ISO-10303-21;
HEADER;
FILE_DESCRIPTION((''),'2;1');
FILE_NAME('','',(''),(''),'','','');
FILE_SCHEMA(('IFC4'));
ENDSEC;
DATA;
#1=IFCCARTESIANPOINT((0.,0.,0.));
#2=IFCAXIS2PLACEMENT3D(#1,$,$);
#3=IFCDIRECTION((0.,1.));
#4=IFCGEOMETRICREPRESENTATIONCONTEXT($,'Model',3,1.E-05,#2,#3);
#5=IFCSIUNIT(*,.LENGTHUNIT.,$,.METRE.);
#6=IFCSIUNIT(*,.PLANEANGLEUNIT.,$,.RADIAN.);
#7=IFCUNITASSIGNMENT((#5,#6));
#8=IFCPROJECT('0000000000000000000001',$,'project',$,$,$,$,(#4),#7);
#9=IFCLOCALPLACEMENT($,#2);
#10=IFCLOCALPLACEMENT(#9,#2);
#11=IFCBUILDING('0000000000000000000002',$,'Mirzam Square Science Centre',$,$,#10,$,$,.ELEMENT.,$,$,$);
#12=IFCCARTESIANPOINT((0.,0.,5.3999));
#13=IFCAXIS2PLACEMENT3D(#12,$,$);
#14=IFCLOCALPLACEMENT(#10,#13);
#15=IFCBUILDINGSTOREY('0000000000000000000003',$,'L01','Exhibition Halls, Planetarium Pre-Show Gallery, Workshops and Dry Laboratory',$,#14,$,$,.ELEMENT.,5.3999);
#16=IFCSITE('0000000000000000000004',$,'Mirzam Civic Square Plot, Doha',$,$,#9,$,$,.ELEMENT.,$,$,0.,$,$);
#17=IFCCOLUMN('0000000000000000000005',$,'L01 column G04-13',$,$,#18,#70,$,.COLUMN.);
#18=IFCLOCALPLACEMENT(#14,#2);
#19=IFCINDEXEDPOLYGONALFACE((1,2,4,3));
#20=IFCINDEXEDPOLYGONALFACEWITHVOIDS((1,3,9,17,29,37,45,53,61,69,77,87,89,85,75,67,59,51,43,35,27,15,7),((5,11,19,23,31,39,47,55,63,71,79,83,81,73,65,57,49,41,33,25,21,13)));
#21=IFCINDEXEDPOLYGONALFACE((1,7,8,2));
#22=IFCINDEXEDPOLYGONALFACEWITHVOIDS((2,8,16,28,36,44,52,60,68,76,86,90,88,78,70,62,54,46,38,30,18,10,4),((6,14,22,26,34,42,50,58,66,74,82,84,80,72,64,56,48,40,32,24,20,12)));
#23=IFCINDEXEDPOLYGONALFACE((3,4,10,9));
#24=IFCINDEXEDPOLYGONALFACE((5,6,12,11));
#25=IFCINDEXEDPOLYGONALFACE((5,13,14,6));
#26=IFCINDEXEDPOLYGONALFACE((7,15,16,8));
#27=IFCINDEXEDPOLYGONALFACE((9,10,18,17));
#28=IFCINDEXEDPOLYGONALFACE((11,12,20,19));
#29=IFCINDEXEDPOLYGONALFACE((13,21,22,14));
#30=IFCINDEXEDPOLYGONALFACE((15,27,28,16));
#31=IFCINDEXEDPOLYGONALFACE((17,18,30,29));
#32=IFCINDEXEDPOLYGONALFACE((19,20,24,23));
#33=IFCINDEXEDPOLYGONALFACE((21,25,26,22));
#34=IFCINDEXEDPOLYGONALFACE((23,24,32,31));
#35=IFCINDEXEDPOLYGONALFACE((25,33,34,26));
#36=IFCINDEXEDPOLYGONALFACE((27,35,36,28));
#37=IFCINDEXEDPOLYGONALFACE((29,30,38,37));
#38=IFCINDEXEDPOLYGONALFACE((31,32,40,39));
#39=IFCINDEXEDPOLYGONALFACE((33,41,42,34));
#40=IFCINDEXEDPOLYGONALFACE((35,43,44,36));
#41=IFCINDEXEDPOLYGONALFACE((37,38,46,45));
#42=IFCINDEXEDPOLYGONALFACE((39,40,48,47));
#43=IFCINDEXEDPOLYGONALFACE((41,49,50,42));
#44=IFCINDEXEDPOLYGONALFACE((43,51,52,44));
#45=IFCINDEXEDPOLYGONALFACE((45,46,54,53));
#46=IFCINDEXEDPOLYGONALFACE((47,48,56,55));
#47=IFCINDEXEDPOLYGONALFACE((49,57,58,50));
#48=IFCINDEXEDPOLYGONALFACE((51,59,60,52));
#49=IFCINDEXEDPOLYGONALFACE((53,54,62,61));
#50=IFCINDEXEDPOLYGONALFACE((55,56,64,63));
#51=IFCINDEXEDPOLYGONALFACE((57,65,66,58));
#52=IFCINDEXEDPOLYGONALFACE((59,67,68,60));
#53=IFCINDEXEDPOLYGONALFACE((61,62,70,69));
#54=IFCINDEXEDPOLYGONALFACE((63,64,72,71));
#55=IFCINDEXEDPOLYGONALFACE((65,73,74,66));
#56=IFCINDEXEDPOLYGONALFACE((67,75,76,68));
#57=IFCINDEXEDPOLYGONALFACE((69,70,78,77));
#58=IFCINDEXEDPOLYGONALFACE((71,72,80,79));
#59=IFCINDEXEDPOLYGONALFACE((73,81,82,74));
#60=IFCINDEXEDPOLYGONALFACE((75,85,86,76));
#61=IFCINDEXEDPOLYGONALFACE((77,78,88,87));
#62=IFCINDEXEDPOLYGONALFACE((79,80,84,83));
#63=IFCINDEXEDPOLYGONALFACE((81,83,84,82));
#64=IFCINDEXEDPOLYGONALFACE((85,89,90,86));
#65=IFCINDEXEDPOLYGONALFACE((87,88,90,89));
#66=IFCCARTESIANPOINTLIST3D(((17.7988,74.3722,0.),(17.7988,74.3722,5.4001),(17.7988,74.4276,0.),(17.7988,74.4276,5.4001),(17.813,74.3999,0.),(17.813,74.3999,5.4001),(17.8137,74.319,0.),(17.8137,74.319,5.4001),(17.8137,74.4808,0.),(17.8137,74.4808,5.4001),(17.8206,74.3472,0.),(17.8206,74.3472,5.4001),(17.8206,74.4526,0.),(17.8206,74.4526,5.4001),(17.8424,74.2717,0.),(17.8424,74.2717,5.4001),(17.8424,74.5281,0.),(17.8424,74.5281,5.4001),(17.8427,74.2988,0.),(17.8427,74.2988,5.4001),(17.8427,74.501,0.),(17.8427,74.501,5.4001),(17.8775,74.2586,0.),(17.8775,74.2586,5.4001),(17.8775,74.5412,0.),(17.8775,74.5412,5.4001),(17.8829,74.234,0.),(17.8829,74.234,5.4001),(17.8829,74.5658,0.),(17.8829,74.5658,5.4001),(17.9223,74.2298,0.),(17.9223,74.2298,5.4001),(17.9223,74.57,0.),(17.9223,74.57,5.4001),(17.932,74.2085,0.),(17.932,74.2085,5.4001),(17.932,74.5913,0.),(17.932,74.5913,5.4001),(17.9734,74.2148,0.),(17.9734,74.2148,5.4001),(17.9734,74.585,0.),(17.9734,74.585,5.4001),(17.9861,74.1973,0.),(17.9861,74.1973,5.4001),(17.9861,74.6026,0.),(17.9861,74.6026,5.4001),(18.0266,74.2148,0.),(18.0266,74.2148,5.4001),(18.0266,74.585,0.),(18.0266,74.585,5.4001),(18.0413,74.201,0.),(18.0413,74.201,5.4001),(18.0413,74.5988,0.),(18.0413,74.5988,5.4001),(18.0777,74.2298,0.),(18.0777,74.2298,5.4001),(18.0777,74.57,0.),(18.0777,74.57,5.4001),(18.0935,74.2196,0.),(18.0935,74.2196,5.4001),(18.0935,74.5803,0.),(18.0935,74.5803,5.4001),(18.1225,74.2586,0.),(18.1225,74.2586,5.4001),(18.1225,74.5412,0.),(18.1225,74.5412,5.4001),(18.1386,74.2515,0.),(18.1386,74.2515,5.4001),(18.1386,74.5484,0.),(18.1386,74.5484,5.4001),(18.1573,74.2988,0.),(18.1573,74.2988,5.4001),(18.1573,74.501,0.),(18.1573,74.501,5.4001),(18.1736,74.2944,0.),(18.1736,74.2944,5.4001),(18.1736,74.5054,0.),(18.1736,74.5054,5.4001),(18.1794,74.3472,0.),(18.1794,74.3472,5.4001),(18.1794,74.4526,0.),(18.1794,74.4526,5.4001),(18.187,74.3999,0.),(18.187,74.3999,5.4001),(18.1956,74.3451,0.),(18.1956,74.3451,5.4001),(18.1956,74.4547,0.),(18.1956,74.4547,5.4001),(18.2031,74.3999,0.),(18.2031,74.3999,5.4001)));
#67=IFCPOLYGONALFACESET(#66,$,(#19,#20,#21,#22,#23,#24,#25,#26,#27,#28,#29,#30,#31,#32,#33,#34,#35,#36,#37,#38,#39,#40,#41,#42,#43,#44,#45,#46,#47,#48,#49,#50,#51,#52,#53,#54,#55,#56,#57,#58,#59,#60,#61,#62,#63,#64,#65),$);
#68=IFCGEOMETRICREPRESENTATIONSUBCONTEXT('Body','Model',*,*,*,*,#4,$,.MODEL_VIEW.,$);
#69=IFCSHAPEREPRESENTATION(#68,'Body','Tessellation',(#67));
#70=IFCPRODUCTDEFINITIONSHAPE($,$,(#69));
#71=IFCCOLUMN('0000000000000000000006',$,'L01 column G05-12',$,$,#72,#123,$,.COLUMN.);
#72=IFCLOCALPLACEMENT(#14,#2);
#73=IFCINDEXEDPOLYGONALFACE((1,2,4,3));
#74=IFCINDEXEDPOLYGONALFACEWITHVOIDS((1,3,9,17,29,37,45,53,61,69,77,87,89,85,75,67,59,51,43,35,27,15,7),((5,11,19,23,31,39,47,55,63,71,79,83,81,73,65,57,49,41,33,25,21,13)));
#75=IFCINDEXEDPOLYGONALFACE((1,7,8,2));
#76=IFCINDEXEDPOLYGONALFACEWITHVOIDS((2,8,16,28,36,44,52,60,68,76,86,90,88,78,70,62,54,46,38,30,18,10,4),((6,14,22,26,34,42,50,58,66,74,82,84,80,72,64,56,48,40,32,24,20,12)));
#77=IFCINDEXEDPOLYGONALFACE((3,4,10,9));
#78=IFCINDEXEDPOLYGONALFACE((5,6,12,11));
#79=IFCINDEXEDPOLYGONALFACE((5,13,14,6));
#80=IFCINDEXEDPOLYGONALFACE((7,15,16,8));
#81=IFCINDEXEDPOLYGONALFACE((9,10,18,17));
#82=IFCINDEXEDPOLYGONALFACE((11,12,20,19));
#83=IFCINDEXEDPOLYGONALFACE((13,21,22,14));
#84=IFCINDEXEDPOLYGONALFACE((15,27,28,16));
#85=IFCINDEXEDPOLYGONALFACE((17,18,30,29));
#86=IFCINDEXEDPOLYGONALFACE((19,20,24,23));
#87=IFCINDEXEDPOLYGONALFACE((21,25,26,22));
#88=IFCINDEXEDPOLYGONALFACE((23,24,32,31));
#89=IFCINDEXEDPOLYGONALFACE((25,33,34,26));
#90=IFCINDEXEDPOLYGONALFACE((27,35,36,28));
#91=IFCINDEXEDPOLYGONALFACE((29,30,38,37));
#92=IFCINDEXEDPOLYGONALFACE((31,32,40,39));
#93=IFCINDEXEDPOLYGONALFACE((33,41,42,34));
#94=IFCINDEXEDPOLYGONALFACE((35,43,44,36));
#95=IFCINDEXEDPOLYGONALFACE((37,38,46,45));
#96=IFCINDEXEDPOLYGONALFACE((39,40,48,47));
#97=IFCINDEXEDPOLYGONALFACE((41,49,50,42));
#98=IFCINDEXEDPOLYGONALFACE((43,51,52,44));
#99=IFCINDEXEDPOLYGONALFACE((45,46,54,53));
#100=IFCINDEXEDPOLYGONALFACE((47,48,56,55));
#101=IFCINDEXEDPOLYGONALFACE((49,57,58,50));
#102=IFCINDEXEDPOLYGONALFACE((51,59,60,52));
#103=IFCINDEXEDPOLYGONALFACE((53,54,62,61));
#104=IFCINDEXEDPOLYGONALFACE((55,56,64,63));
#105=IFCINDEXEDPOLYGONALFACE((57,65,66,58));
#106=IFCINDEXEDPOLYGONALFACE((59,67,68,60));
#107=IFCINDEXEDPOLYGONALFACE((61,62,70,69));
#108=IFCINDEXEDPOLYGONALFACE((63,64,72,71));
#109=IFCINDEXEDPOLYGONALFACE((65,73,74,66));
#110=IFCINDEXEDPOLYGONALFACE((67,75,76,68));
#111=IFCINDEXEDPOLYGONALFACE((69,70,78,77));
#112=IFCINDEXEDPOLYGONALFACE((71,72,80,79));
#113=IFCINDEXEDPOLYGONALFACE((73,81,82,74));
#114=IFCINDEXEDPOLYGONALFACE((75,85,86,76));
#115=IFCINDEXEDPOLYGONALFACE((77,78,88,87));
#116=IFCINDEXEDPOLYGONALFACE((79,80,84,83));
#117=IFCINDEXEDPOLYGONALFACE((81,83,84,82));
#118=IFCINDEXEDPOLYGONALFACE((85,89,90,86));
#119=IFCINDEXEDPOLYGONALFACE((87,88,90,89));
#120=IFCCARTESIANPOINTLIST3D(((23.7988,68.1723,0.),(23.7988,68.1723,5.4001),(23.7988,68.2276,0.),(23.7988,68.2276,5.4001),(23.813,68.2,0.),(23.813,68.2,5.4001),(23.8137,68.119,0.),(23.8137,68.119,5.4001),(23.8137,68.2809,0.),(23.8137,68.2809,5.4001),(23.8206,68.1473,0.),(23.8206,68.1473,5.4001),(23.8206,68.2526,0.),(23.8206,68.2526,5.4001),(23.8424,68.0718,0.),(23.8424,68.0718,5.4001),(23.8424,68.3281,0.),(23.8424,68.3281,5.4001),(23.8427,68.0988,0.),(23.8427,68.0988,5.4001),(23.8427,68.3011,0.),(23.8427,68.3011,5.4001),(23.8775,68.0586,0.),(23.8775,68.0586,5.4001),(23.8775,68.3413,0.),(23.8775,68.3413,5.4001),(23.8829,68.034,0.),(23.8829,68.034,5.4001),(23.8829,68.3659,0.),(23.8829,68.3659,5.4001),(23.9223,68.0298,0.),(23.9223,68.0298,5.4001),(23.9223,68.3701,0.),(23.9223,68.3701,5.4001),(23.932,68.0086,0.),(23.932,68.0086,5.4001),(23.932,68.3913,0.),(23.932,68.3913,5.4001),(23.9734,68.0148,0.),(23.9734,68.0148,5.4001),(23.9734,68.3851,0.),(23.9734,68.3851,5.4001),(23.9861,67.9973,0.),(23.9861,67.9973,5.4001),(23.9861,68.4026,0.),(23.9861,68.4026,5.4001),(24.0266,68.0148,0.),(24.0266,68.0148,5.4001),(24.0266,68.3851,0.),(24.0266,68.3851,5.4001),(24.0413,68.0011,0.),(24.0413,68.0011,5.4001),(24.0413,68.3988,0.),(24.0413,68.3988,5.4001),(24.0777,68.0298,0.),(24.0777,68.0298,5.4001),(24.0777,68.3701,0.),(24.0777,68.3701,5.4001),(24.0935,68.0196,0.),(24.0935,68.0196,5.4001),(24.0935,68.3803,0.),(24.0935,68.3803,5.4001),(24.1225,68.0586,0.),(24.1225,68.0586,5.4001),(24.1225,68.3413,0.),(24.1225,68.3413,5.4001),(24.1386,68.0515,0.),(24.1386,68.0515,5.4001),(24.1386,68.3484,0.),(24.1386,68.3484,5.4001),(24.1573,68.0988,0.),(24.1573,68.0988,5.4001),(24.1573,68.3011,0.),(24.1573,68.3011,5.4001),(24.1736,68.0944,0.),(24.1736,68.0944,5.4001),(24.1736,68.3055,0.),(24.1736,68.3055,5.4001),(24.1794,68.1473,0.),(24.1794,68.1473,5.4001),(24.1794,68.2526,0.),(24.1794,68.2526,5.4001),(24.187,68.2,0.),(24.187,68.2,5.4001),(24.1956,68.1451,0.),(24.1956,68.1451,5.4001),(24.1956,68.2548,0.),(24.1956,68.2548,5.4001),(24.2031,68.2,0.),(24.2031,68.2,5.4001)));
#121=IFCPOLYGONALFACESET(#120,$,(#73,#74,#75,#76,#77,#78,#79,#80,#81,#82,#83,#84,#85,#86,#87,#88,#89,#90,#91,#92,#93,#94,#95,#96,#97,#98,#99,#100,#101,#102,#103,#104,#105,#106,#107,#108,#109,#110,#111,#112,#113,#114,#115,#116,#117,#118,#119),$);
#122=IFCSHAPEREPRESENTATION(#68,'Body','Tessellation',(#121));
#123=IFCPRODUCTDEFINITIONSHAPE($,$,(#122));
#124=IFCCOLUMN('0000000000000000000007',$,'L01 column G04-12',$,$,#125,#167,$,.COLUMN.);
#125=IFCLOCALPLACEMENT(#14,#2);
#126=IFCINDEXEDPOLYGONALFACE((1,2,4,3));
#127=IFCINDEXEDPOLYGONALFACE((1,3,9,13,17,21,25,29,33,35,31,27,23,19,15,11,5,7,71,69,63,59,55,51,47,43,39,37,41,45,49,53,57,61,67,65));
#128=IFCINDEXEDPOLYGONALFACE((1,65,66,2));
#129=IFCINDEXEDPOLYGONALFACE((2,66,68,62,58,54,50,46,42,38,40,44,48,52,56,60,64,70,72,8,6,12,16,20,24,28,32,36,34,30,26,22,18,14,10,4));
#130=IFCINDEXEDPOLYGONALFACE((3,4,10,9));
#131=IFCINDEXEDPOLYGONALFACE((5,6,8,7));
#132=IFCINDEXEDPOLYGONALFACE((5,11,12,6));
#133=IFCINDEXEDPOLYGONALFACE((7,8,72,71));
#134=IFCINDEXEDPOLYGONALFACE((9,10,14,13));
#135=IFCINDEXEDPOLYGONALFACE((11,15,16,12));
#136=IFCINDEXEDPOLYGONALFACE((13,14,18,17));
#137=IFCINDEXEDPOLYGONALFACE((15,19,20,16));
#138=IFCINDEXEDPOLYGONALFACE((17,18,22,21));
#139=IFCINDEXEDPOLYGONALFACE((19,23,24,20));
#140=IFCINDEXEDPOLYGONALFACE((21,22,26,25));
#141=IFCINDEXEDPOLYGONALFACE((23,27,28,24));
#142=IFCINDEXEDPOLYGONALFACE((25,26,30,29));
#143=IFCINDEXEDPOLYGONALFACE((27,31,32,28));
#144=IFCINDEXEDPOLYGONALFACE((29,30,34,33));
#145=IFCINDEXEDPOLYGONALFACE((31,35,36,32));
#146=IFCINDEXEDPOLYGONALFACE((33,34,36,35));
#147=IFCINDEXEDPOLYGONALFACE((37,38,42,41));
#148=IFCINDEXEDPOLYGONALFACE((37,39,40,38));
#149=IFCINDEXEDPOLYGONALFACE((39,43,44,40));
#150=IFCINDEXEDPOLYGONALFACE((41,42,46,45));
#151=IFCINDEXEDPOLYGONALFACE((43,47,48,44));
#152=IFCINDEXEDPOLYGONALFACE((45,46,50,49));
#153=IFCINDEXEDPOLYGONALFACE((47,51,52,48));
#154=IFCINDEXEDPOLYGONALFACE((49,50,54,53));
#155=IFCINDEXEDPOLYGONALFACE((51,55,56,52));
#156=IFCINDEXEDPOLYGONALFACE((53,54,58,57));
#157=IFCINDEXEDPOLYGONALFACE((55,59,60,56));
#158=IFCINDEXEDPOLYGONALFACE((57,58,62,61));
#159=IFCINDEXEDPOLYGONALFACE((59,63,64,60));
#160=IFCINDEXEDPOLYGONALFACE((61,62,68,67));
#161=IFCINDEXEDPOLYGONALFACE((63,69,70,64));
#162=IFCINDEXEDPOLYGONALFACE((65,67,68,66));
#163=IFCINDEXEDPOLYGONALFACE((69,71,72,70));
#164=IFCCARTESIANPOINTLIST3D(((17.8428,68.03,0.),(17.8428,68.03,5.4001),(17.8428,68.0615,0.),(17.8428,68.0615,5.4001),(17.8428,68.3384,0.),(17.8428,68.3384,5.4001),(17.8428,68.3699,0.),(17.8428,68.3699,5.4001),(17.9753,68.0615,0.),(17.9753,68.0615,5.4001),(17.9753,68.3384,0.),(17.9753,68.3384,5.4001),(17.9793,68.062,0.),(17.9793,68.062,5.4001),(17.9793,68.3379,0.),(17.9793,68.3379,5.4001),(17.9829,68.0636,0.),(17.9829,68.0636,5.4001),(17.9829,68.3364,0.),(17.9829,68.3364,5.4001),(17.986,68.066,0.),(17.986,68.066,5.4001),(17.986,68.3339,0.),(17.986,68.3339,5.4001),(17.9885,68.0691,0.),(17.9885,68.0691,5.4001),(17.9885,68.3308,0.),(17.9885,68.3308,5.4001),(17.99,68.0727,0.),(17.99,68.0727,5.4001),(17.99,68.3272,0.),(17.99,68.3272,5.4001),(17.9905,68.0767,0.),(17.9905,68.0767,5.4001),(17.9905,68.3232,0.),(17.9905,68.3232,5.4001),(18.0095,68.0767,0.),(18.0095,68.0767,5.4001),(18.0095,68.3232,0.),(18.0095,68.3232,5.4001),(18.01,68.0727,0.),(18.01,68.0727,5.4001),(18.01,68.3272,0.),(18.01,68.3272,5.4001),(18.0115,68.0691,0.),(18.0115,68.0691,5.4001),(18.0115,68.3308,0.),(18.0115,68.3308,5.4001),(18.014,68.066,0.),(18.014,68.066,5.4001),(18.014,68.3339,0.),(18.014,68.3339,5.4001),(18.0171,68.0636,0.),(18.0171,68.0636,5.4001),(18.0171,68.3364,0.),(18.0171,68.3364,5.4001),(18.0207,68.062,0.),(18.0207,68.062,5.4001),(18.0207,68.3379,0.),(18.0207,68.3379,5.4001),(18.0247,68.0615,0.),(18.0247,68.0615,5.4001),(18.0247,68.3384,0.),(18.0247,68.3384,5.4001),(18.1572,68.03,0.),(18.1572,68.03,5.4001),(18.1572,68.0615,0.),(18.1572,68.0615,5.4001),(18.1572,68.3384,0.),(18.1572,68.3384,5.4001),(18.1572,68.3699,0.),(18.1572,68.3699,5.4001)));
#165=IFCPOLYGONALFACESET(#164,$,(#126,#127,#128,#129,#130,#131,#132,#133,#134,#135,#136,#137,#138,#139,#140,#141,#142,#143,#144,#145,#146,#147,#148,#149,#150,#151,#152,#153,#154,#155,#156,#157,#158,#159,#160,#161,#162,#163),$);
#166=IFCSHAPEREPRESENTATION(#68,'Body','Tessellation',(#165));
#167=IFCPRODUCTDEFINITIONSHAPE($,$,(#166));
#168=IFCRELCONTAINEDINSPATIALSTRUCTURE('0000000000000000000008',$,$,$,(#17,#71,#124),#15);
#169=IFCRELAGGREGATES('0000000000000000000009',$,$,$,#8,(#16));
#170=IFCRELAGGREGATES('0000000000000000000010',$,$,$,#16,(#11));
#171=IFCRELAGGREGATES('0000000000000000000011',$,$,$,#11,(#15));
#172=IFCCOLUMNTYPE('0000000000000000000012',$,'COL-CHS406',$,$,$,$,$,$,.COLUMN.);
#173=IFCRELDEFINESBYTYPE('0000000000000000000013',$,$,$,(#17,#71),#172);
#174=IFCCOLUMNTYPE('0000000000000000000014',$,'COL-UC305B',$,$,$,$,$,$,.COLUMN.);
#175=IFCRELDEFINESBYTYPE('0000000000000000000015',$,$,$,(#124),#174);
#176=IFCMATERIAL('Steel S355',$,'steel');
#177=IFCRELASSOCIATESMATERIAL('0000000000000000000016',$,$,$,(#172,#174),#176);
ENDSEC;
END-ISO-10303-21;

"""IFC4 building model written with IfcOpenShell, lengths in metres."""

from ifc_helpers import new_model, si_unit, direction, frame, origin, origin_2d, place, context, subcontext, project, spatial, hollow_circle, i_section, extrude, material, material_profile, profile_set, type_object, element, save


model = new_model("IFC4")

# Units and contexts
model_context = context("Model", 3, precision=1e-05, world=origin(), true_north=direction((0.0, 1.0)))
body_context = subcontext(model_context, "Body", "Model", "MODEL_VIEW")
ifc_project = project(units=[si_unit("LENGTHUNIT", "METRE"), si_unit("PLANEANGLEUNIT", "RADIAN")], contexts=[model_context])

# Site, building, storey
site_placement = place(None, origin())
site = spatial("IfcSite", under=ifc_project, at=site_placement, Name="Mirzam Civic Square Plot, Doha", CompositionType="ELEMENT", RefElevation=0.0)
building_placement = place(site_placement, origin())
building = spatial("IfcBuilding", under=site, at=building_placement, Name="Mirzam Square Science Centre", CompositionType="ELEMENT")
storey_placement = place(building_placement, frame((0.0, 0.0, 5.3999)))
storey = spatial("IfcBuildingStorey", under=building, at=storey_placement, Name="L01", Description="Exhibition Halls, Planetarium Pre-Show Gallery, Workshops and Dry Laboratory", CompositionType="ELEMENT", Elevation=5.3999)

# Columns
ifc_material_1 = material(Name="Steel S355", Category="steel")
ifc_material_profile_1 = material_profile(ifc_material_1, hollow_circle(Radius=0.2031, WallThickness=0.0161, at=origin_2d()), Name="406.4x16.0CHS")
ifc_profile_set_1 = profile_set([ifc_material_profile_1], Name="Steel S355")
column_type_1 = type_object("IfcColumnType", Name="COL-CHS406", PredefinedType="COLUMN", material=ifc_profile_set_1)
for number, where, z_axis, x_axis, name in (
    (1, (18.0, 74.3999, 0.0), (0.0, 0.0, 1.0), (1.0, 0.0, 0.0), "L01 column G04-13"),
    (2, (24.0, 68.2, 0.0), (0.0, 0.0, 1.0), (1.0, 0.0, 0.0), "L01 column G05-12"),
):
    element("IfcColumn", number, at=place(storey_placement, frame(where, z_axis=z_axis, x_axis=x_axis)), inside=storey, type_object=column_type_1, Name=name, PredefinedType="COLUMN", context=body_context, shape_type="SweptSolid", body=[
        extrude(hollow_circle(Radius=0.2031, WallThickness=0.0161, at=origin_2d()), origin(), (0.0, 0.0, 1.0), 5.4001),
    ])
ifc_material_profile_2 = material_profile(ifc_material_1, i_section(OverallWidth=0.3145, OverallDepth=0.3398, WebThickness=0.019, FlangeThickness=0.0315, FilletRadius=0.0151, at=origin_2d()), Name="305x305x198UC")
ifc_profile_set_2 = profile_set([ifc_material_profile_2], Name="Steel S355")
column_type_2 = type_object("IfcColumnType", Name="COL-UC305B", PredefinedType="COLUMN", material=ifc_profile_set_2)
column_1_placement = place(storey_placement, frame((18.0, 68.2, 0.0), z_axis=(0.0, 0.0, 1.0), x_axis=(1.0, 0.0, 0.0)))
element("IfcColumn", 3, at=column_1_placement, inside=storey, type_object=column_type_2, Name="L01 column G04-12", PredefinedType="COLUMN", context=body_context, shape_type="SweptSolid", body=[
    extrude(i_section(OverallWidth=0.3145, OverallDepth=0.3398, WebThickness=0.019, FlangeThickness=0.0315, FilletRadius=0.0151, at=origin_2d()), origin(), (0.0, 0.0, 1.0), 5.4001),
])

save(model, "model.ifc")
